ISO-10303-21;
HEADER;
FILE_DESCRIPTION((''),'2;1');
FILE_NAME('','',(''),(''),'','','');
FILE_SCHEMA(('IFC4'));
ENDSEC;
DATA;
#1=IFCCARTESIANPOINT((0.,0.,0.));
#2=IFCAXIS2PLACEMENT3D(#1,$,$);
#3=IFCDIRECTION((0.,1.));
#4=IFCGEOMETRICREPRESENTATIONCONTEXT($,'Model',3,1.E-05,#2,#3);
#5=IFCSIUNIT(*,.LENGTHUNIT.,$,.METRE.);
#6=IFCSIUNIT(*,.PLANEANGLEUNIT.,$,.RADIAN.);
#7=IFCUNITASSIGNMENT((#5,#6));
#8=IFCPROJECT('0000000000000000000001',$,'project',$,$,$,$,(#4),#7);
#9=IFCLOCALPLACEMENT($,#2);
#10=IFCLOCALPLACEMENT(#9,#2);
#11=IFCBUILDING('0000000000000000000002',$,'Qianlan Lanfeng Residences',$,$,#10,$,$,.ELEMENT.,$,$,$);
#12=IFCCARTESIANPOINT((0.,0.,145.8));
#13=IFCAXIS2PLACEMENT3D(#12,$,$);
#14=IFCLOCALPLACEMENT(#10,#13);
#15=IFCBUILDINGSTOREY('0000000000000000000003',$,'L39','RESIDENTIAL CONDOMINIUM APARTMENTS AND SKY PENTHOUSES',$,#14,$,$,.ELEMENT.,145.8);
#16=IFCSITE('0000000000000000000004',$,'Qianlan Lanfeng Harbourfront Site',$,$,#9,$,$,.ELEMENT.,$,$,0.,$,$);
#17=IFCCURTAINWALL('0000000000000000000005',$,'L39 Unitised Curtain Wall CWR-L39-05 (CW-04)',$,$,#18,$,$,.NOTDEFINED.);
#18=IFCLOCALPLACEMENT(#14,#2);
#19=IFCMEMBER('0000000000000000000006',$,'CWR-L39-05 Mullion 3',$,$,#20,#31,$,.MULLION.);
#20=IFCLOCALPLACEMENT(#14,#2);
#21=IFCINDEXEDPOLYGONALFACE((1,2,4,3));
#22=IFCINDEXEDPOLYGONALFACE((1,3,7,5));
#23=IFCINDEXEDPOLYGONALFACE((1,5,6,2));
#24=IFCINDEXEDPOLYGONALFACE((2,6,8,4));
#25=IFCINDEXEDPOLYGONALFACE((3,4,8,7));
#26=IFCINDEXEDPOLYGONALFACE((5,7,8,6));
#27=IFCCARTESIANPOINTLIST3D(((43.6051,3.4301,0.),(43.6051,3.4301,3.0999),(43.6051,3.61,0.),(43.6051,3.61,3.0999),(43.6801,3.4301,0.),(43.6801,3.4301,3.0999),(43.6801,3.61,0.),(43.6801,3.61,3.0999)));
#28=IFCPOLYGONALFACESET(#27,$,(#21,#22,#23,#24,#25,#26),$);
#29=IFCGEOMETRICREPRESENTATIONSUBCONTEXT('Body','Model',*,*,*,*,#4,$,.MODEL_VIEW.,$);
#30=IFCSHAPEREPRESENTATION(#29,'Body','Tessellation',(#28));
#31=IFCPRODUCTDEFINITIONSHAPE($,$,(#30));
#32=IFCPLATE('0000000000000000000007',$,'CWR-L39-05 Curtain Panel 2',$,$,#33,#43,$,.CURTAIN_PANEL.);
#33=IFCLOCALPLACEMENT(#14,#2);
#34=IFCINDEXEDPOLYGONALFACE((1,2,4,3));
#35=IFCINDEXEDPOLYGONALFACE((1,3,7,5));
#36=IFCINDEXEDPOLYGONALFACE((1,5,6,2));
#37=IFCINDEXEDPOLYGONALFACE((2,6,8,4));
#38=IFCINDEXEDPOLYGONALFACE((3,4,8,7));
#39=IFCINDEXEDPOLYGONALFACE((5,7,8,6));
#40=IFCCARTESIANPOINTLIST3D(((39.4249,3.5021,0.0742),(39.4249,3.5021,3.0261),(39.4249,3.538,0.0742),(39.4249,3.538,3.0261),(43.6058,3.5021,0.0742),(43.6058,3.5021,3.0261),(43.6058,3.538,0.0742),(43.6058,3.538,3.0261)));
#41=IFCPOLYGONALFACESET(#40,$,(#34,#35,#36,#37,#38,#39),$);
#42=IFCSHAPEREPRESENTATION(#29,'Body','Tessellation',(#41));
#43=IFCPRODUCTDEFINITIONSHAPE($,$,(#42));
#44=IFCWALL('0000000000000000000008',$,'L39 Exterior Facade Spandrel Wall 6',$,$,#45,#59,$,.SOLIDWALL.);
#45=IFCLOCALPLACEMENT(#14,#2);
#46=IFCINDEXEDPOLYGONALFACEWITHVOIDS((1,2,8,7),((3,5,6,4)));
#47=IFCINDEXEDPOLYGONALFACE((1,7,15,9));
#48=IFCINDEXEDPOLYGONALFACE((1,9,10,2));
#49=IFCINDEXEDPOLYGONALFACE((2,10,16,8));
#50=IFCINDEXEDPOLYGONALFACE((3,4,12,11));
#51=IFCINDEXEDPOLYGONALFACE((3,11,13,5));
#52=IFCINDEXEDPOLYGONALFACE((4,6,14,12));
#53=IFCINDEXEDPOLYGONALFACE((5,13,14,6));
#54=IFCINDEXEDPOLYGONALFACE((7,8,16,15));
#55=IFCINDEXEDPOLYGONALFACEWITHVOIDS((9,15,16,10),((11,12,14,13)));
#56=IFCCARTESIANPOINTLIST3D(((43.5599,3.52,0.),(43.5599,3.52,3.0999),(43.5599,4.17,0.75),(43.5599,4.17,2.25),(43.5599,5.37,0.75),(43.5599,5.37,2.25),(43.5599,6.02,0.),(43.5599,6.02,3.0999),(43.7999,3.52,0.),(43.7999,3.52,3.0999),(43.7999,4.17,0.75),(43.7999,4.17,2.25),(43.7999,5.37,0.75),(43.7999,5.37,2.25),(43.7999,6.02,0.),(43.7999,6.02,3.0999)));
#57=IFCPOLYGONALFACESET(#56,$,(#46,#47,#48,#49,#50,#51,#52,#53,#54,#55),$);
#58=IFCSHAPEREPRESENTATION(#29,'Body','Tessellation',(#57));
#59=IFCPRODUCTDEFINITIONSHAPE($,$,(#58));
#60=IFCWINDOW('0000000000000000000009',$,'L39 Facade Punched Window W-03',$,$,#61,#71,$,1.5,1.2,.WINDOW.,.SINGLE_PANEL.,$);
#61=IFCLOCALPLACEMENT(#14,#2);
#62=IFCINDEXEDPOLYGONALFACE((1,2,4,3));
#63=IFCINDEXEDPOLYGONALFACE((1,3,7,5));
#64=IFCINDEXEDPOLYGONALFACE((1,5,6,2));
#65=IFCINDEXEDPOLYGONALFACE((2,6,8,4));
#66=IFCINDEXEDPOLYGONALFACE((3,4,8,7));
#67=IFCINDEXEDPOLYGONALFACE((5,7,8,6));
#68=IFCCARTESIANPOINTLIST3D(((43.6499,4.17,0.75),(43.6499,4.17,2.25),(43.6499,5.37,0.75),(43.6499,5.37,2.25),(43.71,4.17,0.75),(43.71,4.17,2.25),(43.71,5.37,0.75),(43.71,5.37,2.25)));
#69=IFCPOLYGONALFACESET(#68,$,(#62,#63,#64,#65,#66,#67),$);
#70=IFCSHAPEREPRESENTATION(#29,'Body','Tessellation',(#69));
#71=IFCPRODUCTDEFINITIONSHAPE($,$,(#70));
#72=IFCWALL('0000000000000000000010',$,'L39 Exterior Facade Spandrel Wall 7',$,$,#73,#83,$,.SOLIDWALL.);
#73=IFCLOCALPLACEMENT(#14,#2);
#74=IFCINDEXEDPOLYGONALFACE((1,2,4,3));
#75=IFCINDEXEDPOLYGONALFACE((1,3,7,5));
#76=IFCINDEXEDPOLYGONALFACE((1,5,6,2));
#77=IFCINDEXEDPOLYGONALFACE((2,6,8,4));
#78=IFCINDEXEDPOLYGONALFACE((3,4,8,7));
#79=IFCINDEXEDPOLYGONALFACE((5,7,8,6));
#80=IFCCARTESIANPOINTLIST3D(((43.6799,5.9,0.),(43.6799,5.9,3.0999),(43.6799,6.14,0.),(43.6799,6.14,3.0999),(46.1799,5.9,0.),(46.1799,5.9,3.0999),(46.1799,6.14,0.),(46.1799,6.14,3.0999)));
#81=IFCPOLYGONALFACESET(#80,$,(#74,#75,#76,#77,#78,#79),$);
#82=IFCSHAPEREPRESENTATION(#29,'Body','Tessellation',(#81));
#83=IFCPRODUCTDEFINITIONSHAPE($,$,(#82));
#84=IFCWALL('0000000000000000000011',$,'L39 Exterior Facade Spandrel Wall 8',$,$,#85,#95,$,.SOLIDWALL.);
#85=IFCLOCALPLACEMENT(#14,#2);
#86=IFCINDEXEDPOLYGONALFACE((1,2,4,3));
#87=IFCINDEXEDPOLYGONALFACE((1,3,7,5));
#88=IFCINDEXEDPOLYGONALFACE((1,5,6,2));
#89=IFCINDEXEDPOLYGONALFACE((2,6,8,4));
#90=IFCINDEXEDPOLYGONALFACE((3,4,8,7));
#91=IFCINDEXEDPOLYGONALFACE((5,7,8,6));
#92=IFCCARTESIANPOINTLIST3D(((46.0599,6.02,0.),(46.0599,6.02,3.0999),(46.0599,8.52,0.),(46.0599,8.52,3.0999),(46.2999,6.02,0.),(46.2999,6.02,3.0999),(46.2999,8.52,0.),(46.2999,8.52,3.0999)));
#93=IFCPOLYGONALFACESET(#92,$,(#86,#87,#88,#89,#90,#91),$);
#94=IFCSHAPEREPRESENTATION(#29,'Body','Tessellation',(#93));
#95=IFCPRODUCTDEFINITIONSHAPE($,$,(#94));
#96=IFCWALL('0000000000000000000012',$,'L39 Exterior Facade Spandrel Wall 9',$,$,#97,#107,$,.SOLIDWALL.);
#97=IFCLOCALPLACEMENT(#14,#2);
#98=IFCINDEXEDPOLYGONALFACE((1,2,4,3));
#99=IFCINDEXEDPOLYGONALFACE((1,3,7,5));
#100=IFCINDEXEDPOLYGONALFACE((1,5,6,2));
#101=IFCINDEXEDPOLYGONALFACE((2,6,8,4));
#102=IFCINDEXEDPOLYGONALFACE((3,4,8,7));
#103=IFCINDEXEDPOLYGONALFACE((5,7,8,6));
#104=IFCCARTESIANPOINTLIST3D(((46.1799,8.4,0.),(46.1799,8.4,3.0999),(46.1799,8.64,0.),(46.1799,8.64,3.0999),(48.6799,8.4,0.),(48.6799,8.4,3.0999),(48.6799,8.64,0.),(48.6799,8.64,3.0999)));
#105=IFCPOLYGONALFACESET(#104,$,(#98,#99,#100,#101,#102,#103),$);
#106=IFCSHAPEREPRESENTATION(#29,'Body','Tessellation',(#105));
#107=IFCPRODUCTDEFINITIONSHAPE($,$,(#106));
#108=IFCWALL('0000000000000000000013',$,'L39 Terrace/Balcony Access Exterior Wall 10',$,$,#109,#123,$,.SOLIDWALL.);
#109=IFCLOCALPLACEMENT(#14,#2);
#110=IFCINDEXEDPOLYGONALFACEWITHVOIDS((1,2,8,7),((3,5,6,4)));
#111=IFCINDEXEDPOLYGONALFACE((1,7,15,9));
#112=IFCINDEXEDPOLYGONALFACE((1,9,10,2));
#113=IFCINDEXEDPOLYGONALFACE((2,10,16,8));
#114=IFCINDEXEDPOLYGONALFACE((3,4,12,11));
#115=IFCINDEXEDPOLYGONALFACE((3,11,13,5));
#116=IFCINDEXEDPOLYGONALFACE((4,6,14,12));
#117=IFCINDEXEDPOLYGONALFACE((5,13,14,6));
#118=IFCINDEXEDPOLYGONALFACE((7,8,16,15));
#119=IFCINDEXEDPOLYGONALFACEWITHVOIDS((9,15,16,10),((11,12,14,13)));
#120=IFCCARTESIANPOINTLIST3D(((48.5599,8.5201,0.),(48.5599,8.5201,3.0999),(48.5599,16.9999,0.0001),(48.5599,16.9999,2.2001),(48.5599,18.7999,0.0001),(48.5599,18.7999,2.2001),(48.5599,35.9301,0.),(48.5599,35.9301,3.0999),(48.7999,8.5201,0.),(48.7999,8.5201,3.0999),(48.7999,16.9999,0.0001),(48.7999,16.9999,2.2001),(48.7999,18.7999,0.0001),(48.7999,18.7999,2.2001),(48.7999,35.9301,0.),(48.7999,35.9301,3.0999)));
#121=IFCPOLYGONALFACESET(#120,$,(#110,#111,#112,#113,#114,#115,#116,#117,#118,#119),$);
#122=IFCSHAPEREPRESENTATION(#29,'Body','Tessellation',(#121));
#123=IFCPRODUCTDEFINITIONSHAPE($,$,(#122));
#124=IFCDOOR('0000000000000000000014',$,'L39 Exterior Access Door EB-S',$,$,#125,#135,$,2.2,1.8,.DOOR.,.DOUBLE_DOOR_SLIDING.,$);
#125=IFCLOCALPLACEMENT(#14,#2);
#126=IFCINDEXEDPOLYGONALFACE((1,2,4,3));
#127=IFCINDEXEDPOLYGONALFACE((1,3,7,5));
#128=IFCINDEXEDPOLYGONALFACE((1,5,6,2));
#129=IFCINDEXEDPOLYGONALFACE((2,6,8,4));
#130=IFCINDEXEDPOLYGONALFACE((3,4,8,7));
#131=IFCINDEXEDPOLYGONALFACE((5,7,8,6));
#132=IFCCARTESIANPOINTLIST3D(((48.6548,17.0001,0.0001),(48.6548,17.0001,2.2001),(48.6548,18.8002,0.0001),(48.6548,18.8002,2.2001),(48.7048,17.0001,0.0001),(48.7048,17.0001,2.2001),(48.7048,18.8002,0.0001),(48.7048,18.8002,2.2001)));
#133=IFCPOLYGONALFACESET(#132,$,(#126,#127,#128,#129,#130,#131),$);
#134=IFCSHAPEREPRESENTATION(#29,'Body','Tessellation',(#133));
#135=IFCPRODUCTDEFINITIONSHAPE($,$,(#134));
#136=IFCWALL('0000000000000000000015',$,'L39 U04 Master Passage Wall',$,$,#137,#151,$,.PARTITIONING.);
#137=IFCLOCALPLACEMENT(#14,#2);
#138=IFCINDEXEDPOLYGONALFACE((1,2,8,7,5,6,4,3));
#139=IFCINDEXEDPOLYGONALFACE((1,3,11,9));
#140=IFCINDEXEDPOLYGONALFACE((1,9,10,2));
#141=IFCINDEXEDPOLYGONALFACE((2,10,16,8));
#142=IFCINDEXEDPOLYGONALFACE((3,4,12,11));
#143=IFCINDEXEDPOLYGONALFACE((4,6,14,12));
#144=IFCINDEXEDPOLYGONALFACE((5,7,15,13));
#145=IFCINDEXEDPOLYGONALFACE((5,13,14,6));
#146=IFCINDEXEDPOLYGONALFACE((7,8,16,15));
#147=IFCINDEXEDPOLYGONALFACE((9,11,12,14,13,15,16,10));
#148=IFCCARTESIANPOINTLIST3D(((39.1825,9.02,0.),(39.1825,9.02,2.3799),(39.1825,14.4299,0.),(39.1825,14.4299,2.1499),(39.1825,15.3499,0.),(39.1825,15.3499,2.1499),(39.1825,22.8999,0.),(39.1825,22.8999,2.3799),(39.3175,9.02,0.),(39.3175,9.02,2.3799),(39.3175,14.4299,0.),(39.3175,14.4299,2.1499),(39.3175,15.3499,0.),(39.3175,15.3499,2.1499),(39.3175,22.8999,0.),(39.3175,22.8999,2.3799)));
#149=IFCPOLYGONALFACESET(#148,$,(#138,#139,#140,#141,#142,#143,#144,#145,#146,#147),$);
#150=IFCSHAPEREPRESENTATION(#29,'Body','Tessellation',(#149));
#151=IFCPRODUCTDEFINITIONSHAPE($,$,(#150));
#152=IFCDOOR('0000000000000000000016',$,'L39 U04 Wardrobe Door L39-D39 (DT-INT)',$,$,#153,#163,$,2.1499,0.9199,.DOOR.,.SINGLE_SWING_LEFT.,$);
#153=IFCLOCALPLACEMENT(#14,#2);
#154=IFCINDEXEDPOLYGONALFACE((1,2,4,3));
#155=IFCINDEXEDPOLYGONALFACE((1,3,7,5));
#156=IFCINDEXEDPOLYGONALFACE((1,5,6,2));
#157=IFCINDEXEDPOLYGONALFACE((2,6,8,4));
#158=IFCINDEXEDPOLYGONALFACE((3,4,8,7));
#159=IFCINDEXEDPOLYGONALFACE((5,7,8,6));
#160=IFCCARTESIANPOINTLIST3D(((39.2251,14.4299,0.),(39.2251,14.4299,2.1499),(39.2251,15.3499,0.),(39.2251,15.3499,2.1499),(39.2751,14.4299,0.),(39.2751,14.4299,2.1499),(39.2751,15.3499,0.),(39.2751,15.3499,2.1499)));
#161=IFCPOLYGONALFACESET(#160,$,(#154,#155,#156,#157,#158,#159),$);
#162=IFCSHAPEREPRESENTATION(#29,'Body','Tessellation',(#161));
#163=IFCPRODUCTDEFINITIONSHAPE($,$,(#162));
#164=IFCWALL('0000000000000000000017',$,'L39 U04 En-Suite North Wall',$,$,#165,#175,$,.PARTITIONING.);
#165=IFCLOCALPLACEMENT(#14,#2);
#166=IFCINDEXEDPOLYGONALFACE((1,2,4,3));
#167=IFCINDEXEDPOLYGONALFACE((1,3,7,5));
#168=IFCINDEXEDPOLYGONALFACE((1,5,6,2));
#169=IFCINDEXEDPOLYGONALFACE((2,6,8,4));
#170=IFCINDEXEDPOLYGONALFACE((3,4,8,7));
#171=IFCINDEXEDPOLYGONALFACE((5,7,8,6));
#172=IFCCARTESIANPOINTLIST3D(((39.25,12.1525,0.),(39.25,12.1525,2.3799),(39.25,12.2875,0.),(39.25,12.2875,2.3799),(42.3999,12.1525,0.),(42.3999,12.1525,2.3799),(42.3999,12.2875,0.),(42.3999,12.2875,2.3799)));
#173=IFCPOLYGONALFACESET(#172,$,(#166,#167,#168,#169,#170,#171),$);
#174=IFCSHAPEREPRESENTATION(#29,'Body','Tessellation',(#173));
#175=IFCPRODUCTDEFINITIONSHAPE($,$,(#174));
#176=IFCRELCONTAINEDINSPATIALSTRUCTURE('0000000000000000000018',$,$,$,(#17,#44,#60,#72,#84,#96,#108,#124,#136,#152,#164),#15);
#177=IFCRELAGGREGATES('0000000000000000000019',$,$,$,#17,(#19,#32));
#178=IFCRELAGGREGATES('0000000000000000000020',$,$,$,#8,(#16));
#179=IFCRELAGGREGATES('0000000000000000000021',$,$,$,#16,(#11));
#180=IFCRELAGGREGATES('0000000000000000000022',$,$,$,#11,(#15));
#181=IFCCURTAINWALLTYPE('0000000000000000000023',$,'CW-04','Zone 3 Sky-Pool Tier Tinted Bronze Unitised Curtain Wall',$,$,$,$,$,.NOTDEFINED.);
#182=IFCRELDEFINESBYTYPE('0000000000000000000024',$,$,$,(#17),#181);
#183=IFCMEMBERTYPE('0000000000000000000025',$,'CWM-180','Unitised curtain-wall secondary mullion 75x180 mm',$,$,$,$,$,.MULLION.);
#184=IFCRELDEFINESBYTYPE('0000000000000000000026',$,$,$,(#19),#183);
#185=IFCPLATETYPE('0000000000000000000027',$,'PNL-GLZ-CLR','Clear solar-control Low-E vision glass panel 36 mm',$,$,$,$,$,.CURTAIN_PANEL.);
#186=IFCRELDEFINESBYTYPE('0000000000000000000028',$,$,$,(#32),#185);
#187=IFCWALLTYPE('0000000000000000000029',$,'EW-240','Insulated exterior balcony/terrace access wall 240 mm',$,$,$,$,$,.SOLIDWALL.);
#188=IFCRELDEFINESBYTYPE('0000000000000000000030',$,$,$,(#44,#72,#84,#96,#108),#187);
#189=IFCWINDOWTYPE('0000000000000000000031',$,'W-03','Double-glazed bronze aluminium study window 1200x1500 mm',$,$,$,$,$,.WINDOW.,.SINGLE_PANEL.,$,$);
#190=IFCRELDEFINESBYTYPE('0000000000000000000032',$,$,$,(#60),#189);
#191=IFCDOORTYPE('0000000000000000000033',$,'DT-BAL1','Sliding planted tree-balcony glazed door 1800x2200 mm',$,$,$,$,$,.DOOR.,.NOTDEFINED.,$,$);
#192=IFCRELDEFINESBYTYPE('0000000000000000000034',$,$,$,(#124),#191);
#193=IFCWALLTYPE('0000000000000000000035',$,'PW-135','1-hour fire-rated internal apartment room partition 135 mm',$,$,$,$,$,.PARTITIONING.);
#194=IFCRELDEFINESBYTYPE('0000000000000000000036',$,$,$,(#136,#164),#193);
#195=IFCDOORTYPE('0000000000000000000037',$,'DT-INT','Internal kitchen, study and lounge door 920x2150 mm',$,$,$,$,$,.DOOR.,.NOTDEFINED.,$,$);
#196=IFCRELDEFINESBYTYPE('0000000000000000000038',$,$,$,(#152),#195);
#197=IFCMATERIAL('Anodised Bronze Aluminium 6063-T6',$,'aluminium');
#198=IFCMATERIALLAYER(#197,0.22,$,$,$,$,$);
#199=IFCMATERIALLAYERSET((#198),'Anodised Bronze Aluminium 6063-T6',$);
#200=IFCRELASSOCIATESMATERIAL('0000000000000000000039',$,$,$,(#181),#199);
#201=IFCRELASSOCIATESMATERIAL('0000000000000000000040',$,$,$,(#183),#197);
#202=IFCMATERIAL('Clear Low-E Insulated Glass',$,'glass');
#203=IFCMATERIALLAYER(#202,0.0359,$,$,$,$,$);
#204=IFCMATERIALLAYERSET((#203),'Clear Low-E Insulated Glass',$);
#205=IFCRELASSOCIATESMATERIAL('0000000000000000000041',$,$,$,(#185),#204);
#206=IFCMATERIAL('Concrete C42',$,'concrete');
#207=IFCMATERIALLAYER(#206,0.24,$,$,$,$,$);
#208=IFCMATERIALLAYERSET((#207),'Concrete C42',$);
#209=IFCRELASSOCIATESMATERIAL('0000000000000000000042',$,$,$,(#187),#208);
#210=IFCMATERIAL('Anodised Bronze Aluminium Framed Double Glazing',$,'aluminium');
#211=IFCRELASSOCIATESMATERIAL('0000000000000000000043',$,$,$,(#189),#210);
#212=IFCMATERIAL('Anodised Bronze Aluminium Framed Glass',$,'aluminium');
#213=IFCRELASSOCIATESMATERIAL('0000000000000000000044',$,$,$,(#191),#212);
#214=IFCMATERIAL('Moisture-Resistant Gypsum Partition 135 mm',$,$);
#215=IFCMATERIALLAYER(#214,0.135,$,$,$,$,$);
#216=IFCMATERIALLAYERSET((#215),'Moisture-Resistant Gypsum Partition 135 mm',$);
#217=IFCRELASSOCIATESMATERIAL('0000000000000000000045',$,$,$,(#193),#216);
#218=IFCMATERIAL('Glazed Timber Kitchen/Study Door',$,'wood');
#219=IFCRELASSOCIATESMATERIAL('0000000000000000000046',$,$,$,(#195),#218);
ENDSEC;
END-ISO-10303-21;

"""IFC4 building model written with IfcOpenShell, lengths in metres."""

from ifc_helpers import new_model, si_unit, direction, frame, frame_2d, origin, origin_2d, place, context, subcontext, project, spatial, rectangle, extrude, source, transform, mapped, material, layer, layer_set, material_profile, profile_set, type_object, element, fill, aggregate, save


model = new_model("IFC4")

# Units and contexts
model_context = context("Model", 3, precision=1e-05, world=origin(), true_north=direction((0.0, 1.0)))
body_context = subcontext(model_context, "Body", "Model", "MODEL_VIEW")
ifc_project = project(units=[si_unit("LENGTHUNIT", "METRE"), si_unit("PLANEANGLEUNIT", "RADIAN")], contexts=[model_context])

# Site, building, storey
site_placement = place(None, origin())
site = spatial("IfcSite", under=ifc_project, at=site_placement, Name="Qianlan Lanfeng Harbourfront Site", CompositionType="ELEMENT", RefElevation=0.0)
building_placement = place(site_placement, origin())
building = spatial("IfcBuilding", under=site, at=building_placement, Name="Qianlan Lanfeng Residences", CompositionType="ELEMENT")
storey_placement = place(building_placement, frame((0.0, 0.0, 145.8)))
storey = spatial("IfcBuildingStorey", under=building, at=storey_placement, Name="L39", Description="RESIDENTIAL CONDOMINIUM APARTMENTS AND SKY PENTHOUSES", CompositionType="ELEMENT", Elevation=145.8)

# Curtain wall, member, plate
ifc_material_1 = material(Name="Anodised Bronze Aluminium 6063-T6", Category="aluminium")
ifc_layer_1 = layer(ifc_material_1, 0.22)
ifc_layer_set_1 = layer_set([ifc_layer_1], Name="Anodised Bronze Aluminium 6063-T6")
curtain_wall_type = type_object("IfcCurtainWallType", Name="CW-04", Description="Zone 3 Sky-Pool Tier Tinted Bronze Unitised Curtain Wall", PredefinedType="NOTDEFINED", material=ifc_layer_set_1)
curtain_wall_placement = place(storey_placement, origin())
curtain_wall = element("IfcCurtainWall", 1, at=curtain_wall_placement, inside=storey, type_object=curtain_wall_type, Name="L39 Unitised Curtain Wall CWR-L39-05 (CW-04)", PredefinedType="NOTDEFINED")
ifc_material_profile_1 = material_profile(ifc_material_1, rectangle(XDim=0.075, YDim=0.1799, at=origin_2d()), Name="ALU MULLION 75x180")
ifc_profile_set_1 = profile_set([ifc_material_profile_1], Name="Anodised Bronze Aluminium 6063-T6")
member_type_1 = type_object("IfcMemberType", Name="CWM-180", Description="Unitised curtain-wall secondary mullion 75x180 mm", PredefinedType="MULLION", material=ifc_profile_set_1)
shared_shape_1 = source(origin(), body_context, "Body", "SweptSolid", [
    extrude(rectangle(XDim=0.075, YDim=0.1799, at=origin_2d()), origin(), (0.0, 0.0, 1.0), 3.0999),
])
member_1_placement = place(storey_placement, frame((43.6426, 3.52, 0.0), z_axis=(0.0, 0.0, 1.0), x_axis=(1.0, 0.0, 0.0)))
member_1 = element("IfcMember", 2, at=member_1_placement, type_object=member_type_1, Name="CWR-L39-05 Mullion 3", PredefinedType="MULLION", context=body_context, shape_type="MappedRepresentation", body=[
    mapped(shared_shape_1, transform((0.0, 0.0, 0.0), scale=1.0)),
])
ifc_material_2 = material(Name="Clear Low-E Insulated Glass", Category="glass")
ifc_layer_2 = layer(ifc_material_2, 0.0359)
ifc_layer_set_2 = layer_set([ifc_layer_2], Name="Clear Low-E Insulated Glass")
plate_type = type_object("IfcPlateType", Name="PNL-GLZ-CLR", Description="Clear solar-control Low-E vision glass panel 36 mm", PredefinedType="CURTAIN_PANEL", material=ifc_layer_set_2)
shared_shape_2 = source(origin(), body_context, "Body", "SweptSolid", [
    extrude(rectangle(XDim=4.1809, YDim=0.0359, at=origin_2d()), origin(), (0.0, 0.0, 1.0), 2.9519),
])
plate_placement = place(storey_placement, frame((41.5154, 3.52, 0.0742), z_axis=(0.0, 0.0, 1.0), x_axis=(1.0, 0.0, 0.0)))
plate = element("IfcPlate", 3, at=plate_placement, type_object=plate_type, Name="CWR-L39-05 Curtain Panel 2", PredefinedType="CURTAIN_PANEL", context=body_context, shape_type="MappedRepresentation", body=[
    mapped(shared_shape_2, transform((0.0, 0.0, 0.0), scale=1.0)),
])
aggregate(curtain_wall, [member_1, plate])

# Wall, opening, window
ifc_material_3 = material(Name="Concrete C42", Category="concrete")
ifc_layer_3 = layer(ifc_material_3, 0.24)
ifc_layer_set_3 = layer_set([ifc_layer_3], Name="Concrete C42")
wall_type_1 = type_object("IfcWallType", Name="EW-240", Description="Insulated exterior balcony/terrace access wall 240 mm", PredefinedType="SOLIDWALL", material=ifc_layer_set_3)
wall_1_placement = place(storey_placement, frame((43.6799, 3.52, 0.0), z_axis=(0.0, 0.0, 1.0), x_axis=(0.0, 1.0, 0.0)))
wall_1 = element("IfcWall", 4, at=wall_1_placement, inside=storey, type_object=wall_type_1, Name="L39 Exterior Facade Spandrel Wall 6", PredefinedType="SOLIDWALL", context=body_context, shape_type="SweptSolid", body=[
    extrude(rectangle(XDim=2.5, YDim=0.24, at=frame_2d((1.25, 0.0))), origin(), (0.0, 0.0, 1.0), 3.0999),
])
opening_1_placement = place(wall_1_placement, frame((0.6499, 0.0, 0.75)))
opening_1 = element("IfcOpeningElement", 5, at=opening_1_placement, cuts=wall_1, PredefinedType="OPENING", context=body_context, shape_type="SweptSolid", body=[
    extrude(rectangle(XDim=1.2, YDim=1.5, at=frame_2d((0.6001, 0.75))), frame((0.0, 0.1299, 0.0), z_axis=(0.0, -1.0, 0.0), x_axis=(1.0, 0.0, 0.0)), (0.0, 0.0, 1.0), 0.26),
])
ifc_material_4 = material(Name="Anodised Bronze Aluminium Framed Double Glazing", Category="aluminium")
window_type = type_object("IfcWindowType", Name="W-03", Description="Double-glazed bronze aluminium study window 1200x1500 mm", PartitioningType="SINGLE_PANEL", PredefinedType="WINDOW", material=ifc_material_4)
window_placement = place(opening_1_placement, origin())
window = element("IfcWindow", 6, at=window_placement, inside=storey, type_object=window_type, Name="L39 Facade Punched Window W-03", OverallHeight=1.5, OverallWidth=1.2, PartitioningType="SINGLE_PANEL", PredefinedType="WINDOW", context=body_context, shape_type="SweptSolid", body=[
    extrude(rectangle(XDim=1.2, YDim=1.5, at=frame_2d((0.6001, 0.75))), frame((0.0, 0.03, 0.0), z_axis=(0.0, -1.0, 0.0), x_axis=(1.0, 0.0, 0.0)), (0.0, 0.0, 1.0), 0.0601),
])
fill(opening_1, window)

# Walls
for number, where, z_axis, x_axis, name in (
    (7, (43.6799, 6.02, 0.0), (0.0, 0.0, 1.0), (1.0, 0.0, 0.0), "L39 Exterior Facade Spandrel Wall 7"),
    (8, (46.1799, 6.02, 0.0), (0.0, 0.0, 1.0), (0.0, 1.0, 0.0), "L39 Exterior Facade Spandrel Wall 8"),
    (9, (46.1799, 8.52, 0.0), (0.0, 0.0, 1.0), (1.0, 0.0, 0.0), "L39 Exterior Facade Spandrel Wall 9"),
):
    element("IfcWall", number, at=place(storey_placement, frame(where, z_axis=z_axis, x_axis=x_axis)), inside=storey, type_object=wall_type_1, Name=name, PredefinedType="SOLIDWALL", context=body_context, shape_type="SweptSolid", body=[
        extrude(rectangle(XDim=2.5, YDim=0.24, at=frame_2d((1.25, 0.0))), origin(), (0.0, 0.0, 1.0), 3.0999),
    ])

# Walls, openings, doors
wall_2_placement = place(storey_placement, frame((48.6799, 8.52, 0.0), z_axis=(0.0, 0.0, 1.0), x_axis=(0.0, 1.0, 0.0)))
wall_2 = element("IfcWall", 10, at=wall_2_placement, inside=storey, type_object=wall_type_1, Name="L39 Terrace/Balcony Access Exterior Wall 10", PredefinedType="SOLIDWALL", context=body_context, shape_type="SweptSolid", body=[
    extrude(rectangle(XDim=27.4099, YDim=0.24, at=frame_2d((13.7051, 0.0))), origin(), (0.0, 0.0, 1.0), 3.0999),
])
opening_2_placement = place(wall_2_placement, frame((8.48, 0.0, 0.0)))
opening_2 = element("IfcOpeningElement", 11, at=opening_2_placement, cuts=wall_2, PredefinedType="OPENING", context=body_context, shape_type="SweptSolid", body=[
    extrude(rectangle(XDim=1.8, YDim=2.2, at=frame_2d((0.8999, 1.1001))), frame((0.0, 0.1299, 0.0), z_axis=(0.0, -1.0, 0.0), x_axis=(1.0, 0.0, 0.0)), (0.0, 0.0, 1.0), 0.26),
])
ifc_material_5 = material(Name="Anodised Bronze Aluminium Framed Glass", Category="aluminium")
door_type_1 = type_object("IfcDoorType", Name="DT-BAL1", Description="Sliding planted tree-balcony glazed door 1800x2200 mm", OperationType="NOTDEFINED", PredefinedType="DOOR", material=ifc_material_5)
door_1_placement = place(opening_2_placement, frame((1.8, 0.0, 0.0), z_axis=(0.0, 0.0, 1.0), x_axis=(-1.0, 0.0, 0.0)))
door_1 = element("IfcDoor", 12, at=door_1_placement, inside=storey, type_object=door_type_1, Name="L39 Exterior Access Door EB-S", OperationType="DOUBLE_DOOR_SLIDING", OverallHeight=2.2, OverallWidth=1.8, PredefinedType="DOOR", context=body_context, shape_type="SweptSolid", body=[
    extrude(rectangle(XDim=1.8, YDim=2.2, at=frame_2d((0.8999, 1.1001))), frame((0.0, 0.0249, 0.0), z_axis=(0.0, -1.0, 0.0), x_axis=(1.0, 0.0, 0.0)), (0.0, 0.0, 1.0), 0.05),
])
fill(opening_2, door_1)
ifc_material_6 = material(Name="Moisture-Resistant Gypsum Partition 135 mm")
ifc_layer_4 = layer(ifc_material_6, 0.135)
ifc_layer_set_4 = layer_set([ifc_layer_4], Name="Moisture-Resistant Gypsum Partition 135 mm")
wall_type_2 = type_object("IfcWallType", Name="PW-135", Description="1-hour fire-rated internal apartment room partition 135 mm", PredefinedType="PARTITIONING", material=ifc_layer_set_4)
wall_3_placement = place(storey_placement, frame((39.25, 9.02, 0.0), z_axis=(0.0, 0.0, 1.0), x_axis=(0.0, 1.0, 0.0)))
wall_3 = element("IfcWall", 13, at=wall_3_placement, inside=storey, type_object=wall_type_2, Name="L39 U04 Master Passage Wall", PredefinedType="PARTITIONING", context=body_context, shape_type="SweptSolid", body=[
    extrude(rectangle(XDim=13.8799, YDim=0.135, at=frame_2d((6.9399, 0.0))), origin(), (0.0, 0.0, 1.0), 2.3799),
])
opening_3_placement = place(wall_3_placement, frame((5.4099, 0.0, 0.0)))
opening_3 = element("IfcOpeningElement", 14, at=opening_3_placement, cuts=wall_3, PredefinedType="OPENING", context=body_context, shape_type="SweptSolid", body=[
    extrude(rectangle(XDim=0.9199, YDim=2.1499, at=frame_2d((0.46, 1.075))), frame((0.0, 0.0776, 0.0), z_axis=(0.0, -1.0, 0.0), x_axis=(1.0, 0.0, 0.0)), (0.0, 0.0, 1.0), 0.155),
])
ifc_material_7 = material(Name="Glazed Timber Kitchen/Study Door", Category="wood")
door_type_2 = type_object("IfcDoorType", Name="DT-INT", Description="Internal kitchen, study and lounge door 920x2150 mm", OperationType="NOTDEFINED", PredefinedType="DOOR", material=ifc_material_7)
door_2_placement = place(opening_3_placement, origin())
door_2 = element("IfcDoor", 15, at=door_2_placement, inside=storey, type_object=door_type_2, Name="L39 U04 Wardrobe Door L39-D39 (DT-INT)", OperationType="SINGLE_SWING_LEFT", OverallHeight=2.1499, OverallWidth=0.9199, PredefinedType="DOOR", context=body_context, shape_type="SweptSolid", body=[
    extrude(rectangle(XDim=0.9199, YDim=2.1499, at=frame_2d((0.46, 1.075))), frame((0.0, 0.0249, 0.0), z_axis=(0.0, -1.0, 0.0), x_axis=(1.0, 0.0, 0.0)), (0.0, 0.0, 1.0), 0.05),
])
fill(opening_3, door_2)

# Wall
wall_4_placement = place(storey_placement, frame((39.25, 12.22, 0.0), z_axis=(0.0, 0.0, 1.0), x_axis=(1.0, 0.0, 0.0)))
element("IfcWall", 16, at=wall_4_placement, inside=storey, type_object=wall_type_2, Name="L39 U04 En-Suite North Wall", PredefinedType="PARTITIONING", context=body_context, shape_type="SweptSolid", body=[
    extrude(rectangle(XDim=3.1499, YDim=0.135, at=frame_2d((1.575, 0.0))), origin(), (0.0, 0.0, 1.0), 2.3799),
])

save(model, "model.ifc")
